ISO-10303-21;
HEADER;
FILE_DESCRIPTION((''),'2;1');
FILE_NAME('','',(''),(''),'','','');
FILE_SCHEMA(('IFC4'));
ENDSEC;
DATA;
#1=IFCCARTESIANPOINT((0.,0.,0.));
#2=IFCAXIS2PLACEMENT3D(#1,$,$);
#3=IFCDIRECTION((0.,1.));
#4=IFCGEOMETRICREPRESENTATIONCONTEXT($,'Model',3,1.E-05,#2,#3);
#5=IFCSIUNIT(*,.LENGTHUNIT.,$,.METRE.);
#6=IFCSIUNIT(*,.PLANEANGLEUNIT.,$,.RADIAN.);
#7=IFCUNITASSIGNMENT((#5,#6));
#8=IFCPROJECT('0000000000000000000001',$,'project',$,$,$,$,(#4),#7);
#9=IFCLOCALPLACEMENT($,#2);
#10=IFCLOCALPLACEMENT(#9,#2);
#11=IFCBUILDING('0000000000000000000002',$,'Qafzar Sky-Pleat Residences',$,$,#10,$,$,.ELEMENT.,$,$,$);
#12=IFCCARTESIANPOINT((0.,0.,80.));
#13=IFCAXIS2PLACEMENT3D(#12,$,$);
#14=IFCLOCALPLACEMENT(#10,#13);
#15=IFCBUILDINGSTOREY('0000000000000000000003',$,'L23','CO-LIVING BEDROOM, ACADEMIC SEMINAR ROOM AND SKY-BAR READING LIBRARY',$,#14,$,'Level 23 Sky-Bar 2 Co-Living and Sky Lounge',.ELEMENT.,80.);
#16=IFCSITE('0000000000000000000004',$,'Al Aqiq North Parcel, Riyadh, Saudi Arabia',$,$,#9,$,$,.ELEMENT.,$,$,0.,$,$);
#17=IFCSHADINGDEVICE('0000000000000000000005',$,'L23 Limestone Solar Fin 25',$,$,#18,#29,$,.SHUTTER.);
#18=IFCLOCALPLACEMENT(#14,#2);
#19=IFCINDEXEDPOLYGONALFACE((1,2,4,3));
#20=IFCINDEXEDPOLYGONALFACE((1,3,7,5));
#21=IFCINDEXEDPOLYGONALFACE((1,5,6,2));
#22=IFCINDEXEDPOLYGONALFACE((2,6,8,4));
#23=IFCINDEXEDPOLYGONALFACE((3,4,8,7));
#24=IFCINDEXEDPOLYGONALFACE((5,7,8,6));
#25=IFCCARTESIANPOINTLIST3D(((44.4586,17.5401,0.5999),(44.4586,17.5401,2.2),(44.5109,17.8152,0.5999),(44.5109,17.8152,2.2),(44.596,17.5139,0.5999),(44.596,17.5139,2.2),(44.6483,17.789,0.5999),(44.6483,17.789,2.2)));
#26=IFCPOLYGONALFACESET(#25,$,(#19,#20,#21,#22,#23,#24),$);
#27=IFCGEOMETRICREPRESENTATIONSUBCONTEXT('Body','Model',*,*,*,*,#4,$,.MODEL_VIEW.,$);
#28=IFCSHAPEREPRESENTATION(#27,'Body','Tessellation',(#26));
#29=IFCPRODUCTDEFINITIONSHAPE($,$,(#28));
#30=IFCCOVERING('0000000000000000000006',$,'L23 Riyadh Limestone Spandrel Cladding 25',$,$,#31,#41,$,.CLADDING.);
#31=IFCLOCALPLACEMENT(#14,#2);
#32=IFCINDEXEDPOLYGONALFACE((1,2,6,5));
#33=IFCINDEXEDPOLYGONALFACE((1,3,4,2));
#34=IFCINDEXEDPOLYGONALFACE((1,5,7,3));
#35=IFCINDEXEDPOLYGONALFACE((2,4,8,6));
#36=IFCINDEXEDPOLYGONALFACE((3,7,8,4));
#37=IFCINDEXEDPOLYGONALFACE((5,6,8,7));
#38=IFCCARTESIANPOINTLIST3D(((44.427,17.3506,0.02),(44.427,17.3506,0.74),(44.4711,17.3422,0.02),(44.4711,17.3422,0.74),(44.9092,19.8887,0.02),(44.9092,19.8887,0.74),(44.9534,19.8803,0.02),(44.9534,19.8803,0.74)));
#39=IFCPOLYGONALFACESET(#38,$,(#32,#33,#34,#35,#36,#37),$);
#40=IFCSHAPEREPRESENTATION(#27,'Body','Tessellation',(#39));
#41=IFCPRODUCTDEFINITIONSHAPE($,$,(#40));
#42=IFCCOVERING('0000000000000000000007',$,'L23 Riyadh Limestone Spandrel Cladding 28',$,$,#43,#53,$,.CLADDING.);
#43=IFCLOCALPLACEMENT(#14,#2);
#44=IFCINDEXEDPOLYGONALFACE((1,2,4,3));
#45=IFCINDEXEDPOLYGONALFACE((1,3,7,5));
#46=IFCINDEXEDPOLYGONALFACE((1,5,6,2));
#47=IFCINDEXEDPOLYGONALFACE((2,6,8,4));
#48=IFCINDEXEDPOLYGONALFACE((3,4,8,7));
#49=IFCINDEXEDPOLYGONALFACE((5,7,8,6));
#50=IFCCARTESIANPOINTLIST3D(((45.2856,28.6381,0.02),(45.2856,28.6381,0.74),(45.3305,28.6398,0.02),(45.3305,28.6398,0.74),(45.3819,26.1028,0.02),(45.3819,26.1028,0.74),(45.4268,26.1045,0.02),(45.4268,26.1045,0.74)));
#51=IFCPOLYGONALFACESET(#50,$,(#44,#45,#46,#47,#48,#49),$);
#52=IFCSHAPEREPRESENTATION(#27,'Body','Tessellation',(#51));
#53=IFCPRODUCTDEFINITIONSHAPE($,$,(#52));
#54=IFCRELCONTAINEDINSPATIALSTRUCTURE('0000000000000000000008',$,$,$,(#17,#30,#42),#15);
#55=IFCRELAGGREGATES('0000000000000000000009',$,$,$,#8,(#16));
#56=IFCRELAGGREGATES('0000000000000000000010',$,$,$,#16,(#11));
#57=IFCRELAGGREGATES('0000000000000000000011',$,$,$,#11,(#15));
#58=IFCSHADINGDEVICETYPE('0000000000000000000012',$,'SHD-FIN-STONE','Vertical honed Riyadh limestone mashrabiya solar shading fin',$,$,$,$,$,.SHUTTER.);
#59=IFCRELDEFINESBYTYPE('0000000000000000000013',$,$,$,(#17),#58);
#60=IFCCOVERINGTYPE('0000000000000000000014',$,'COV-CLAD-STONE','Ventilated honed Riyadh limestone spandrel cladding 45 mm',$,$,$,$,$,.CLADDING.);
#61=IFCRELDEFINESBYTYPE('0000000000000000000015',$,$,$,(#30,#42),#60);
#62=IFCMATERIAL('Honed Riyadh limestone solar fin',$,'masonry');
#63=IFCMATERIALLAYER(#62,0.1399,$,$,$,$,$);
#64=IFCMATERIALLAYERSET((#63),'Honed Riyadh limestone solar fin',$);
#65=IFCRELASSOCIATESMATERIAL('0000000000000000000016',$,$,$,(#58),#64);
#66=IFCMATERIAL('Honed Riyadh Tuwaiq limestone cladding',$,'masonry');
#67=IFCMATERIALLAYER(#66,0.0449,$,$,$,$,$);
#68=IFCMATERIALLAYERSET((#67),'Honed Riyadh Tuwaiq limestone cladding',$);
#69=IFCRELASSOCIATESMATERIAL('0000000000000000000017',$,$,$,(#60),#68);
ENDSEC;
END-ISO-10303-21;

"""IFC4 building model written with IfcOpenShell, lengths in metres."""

from ifc_helpers import new_model, si_unit, direction, frame, origin, origin_2d, place, context, subcontext, project, spatial, rectangle, extrude, source, transform, mapped, material, layer, layer_set, type_object, element, save


model = new_model("IFC4")

# Units and contexts
model_context = context("Model", 3, precision=1e-05, world=origin(), true_north=direction((0.0, 1.0)))
body_context = subcontext(model_context, "Body", "Model", "MODEL_VIEW")
ifc_project = project(units=[si_unit("LENGTHUNIT", "METRE"), si_unit("PLANEANGLEUNIT", "RADIAN")], contexts=[model_context])

# Site, building, storey
site_placement = place(None, origin())
site = spatial("IfcSite", under=ifc_project, at=site_placement, Name="Al Aqiq North Parcel, Riyadh, Saudi Arabia", CompositionType="ELEMENT", RefElevation=0.0)
building_placement = place(site_placement, origin())
building = spatial("IfcBuilding", under=site, at=building_placement, Name="Qafzar Sky-Pleat Residences", CompositionType="ELEMENT")
storey_placement = place(building_placement, frame((0.0, 0.0, 80.0)))
storey = spatial("IfcBuildingStorey", under=building, at=storey_placement, Name="L23", Description="CO-LIVING BEDROOM, ACADEMIC SEMINAR ROOM AND SKY-BAR READING LIBRARY", LongName="Level 23 Sky-Bar 2 Co-Living and Sky Lounge", CompositionType="ELEMENT", Elevation=80.0)

# Shading device
ifc_material_1 = material(Name="Honed Riyadh limestone solar fin", Category="masonry")
ifc_layer_1 = layer(ifc_material_1, 0.1399)
ifc_layer_set_1 = layer_set([ifc_layer_1], Name="Honed Riyadh limestone solar fin")
shading_device_type = type_object("IfcShadingDeviceType", Name="SHD-FIN-STONE", Description="Vertical honed Riyadh limestone mashrabiya solar shading fin", PredefinedType="SHUTTER", material=ifc_layer_set_1)
shared_shape_1 = source(origin(), body_context, "Body", "SweptSolid", [
    extrude(rectangle(XDim=0.1399, YDim=0.28, at=origin_2d()), origin(), (0.0, 0.0, 1.0), 1.6001),
])
shading_device_placement = place(storey_placement, frame((44.5535, 17.6646, 0.5999), z_axis=(0.0, 0.0, 1.0), x_axis=(0.982426, -0.186654, 0.0)))
element("IfcShadingDevice", 1, at=shading_device_placement, inside=storey, type_object=shading_device_type, Name="L23 Limestone Solar Fin 25", PredefinedType="SHUTTER", context=body_context, shape_type="MappedRepresentation", body=[
    mapped(shared_shape_1, transform((0.0, 0.0, 0.0), x_axis=(1.0, 0.0, 0.0), y_axis=(0.0, 1.0, 0.0), z_axis=(0.0, 0.0, 1.0), scale=1.0)),
])

# Coverings
ifc_material_2 = material(Name="Honed Riyadh Tuwaiq limestone cladding", Category="masonry")
ifc_layer_2 = layer(ifc_material_2, 0.0449)
ifc_layer_set_2 = layer_set([ifc_layer_2], Name="Honed Riyadh Tuwaiq limestone cladding")
covering_type = type_object("IfcCoveringType", Name="COV-CLAD-STONE", Description="Ventilated honed Riyadh limestone spandrel cladding 45 mm", PredefinedType="CLADDING", material=ifc_layer_set_2)
shared_shape_2 = source(origin(), body_context, "Body", "SweptSolid", [
    extrude(rectangle(XDim=2.5835, YDim=0.0449, at=origin_2d()), origin(), (0.0, 0.0, 1.0), 0.72),
])
covering_1_placement = place(storey_placement, frame((44.6902, 18.6155, 0.02), z_axis=(0.0, 0.0, 1.0), x_axis=(0.186654, 0.982426, 0.0)))
element("IfcCovering", 2, at=covering_1_placement, inside=storey, type_object=covering_type, Name="L23 Riyadh Limestone Spandrel Cladding 25", PredefinedType="CLADDING", context=body_context, shape_type="MappedRepresentation", body=[
    mapped(shared_shape_2, transform((0.0, 0.0, 0.0), x_axis=(1.0, 0.0, 0.0), y_axis=(0.0, 1.0, 0.0), z_axis=(0.0, 0.0, 1.0), scale=1.0)),
])
shared_shape_3 = source(origin(), body_context, "Body", "SweptSolid", [
    extrude(rectangle(XDim=2.5371, YDim=0.0449, at=origin_2d()), origin(), (0.0, 0.0, 1.0), 0.72),
])
covering_2_placement = place(storey_placement, frame((45.3562, 27.3713, 0.02), z_axis=(0.0, 0.0, 1.0), x_axis=(-0.037958, 0.999279, 0.0)))
element("IfcCovering", 3, at=covering_2_placement, inside=storey, type_object=covering_type, Name="L23 Riyadh Limestone Spandrel Cladding 28", PredefinedType="CLADDING", context=body_context, shape_type="MappedRepresentation", body=[
    mapped(shared_shape_3, transform((0.0, 0.0, 0.0), x_axis=(1.0, 0.0, 0.0), y_axis=(0.0, 1.0, 0.0), z_axis=(0.0, 0.0, 1.0), scale=1.0)),
])

save(model, "model.ifc")
